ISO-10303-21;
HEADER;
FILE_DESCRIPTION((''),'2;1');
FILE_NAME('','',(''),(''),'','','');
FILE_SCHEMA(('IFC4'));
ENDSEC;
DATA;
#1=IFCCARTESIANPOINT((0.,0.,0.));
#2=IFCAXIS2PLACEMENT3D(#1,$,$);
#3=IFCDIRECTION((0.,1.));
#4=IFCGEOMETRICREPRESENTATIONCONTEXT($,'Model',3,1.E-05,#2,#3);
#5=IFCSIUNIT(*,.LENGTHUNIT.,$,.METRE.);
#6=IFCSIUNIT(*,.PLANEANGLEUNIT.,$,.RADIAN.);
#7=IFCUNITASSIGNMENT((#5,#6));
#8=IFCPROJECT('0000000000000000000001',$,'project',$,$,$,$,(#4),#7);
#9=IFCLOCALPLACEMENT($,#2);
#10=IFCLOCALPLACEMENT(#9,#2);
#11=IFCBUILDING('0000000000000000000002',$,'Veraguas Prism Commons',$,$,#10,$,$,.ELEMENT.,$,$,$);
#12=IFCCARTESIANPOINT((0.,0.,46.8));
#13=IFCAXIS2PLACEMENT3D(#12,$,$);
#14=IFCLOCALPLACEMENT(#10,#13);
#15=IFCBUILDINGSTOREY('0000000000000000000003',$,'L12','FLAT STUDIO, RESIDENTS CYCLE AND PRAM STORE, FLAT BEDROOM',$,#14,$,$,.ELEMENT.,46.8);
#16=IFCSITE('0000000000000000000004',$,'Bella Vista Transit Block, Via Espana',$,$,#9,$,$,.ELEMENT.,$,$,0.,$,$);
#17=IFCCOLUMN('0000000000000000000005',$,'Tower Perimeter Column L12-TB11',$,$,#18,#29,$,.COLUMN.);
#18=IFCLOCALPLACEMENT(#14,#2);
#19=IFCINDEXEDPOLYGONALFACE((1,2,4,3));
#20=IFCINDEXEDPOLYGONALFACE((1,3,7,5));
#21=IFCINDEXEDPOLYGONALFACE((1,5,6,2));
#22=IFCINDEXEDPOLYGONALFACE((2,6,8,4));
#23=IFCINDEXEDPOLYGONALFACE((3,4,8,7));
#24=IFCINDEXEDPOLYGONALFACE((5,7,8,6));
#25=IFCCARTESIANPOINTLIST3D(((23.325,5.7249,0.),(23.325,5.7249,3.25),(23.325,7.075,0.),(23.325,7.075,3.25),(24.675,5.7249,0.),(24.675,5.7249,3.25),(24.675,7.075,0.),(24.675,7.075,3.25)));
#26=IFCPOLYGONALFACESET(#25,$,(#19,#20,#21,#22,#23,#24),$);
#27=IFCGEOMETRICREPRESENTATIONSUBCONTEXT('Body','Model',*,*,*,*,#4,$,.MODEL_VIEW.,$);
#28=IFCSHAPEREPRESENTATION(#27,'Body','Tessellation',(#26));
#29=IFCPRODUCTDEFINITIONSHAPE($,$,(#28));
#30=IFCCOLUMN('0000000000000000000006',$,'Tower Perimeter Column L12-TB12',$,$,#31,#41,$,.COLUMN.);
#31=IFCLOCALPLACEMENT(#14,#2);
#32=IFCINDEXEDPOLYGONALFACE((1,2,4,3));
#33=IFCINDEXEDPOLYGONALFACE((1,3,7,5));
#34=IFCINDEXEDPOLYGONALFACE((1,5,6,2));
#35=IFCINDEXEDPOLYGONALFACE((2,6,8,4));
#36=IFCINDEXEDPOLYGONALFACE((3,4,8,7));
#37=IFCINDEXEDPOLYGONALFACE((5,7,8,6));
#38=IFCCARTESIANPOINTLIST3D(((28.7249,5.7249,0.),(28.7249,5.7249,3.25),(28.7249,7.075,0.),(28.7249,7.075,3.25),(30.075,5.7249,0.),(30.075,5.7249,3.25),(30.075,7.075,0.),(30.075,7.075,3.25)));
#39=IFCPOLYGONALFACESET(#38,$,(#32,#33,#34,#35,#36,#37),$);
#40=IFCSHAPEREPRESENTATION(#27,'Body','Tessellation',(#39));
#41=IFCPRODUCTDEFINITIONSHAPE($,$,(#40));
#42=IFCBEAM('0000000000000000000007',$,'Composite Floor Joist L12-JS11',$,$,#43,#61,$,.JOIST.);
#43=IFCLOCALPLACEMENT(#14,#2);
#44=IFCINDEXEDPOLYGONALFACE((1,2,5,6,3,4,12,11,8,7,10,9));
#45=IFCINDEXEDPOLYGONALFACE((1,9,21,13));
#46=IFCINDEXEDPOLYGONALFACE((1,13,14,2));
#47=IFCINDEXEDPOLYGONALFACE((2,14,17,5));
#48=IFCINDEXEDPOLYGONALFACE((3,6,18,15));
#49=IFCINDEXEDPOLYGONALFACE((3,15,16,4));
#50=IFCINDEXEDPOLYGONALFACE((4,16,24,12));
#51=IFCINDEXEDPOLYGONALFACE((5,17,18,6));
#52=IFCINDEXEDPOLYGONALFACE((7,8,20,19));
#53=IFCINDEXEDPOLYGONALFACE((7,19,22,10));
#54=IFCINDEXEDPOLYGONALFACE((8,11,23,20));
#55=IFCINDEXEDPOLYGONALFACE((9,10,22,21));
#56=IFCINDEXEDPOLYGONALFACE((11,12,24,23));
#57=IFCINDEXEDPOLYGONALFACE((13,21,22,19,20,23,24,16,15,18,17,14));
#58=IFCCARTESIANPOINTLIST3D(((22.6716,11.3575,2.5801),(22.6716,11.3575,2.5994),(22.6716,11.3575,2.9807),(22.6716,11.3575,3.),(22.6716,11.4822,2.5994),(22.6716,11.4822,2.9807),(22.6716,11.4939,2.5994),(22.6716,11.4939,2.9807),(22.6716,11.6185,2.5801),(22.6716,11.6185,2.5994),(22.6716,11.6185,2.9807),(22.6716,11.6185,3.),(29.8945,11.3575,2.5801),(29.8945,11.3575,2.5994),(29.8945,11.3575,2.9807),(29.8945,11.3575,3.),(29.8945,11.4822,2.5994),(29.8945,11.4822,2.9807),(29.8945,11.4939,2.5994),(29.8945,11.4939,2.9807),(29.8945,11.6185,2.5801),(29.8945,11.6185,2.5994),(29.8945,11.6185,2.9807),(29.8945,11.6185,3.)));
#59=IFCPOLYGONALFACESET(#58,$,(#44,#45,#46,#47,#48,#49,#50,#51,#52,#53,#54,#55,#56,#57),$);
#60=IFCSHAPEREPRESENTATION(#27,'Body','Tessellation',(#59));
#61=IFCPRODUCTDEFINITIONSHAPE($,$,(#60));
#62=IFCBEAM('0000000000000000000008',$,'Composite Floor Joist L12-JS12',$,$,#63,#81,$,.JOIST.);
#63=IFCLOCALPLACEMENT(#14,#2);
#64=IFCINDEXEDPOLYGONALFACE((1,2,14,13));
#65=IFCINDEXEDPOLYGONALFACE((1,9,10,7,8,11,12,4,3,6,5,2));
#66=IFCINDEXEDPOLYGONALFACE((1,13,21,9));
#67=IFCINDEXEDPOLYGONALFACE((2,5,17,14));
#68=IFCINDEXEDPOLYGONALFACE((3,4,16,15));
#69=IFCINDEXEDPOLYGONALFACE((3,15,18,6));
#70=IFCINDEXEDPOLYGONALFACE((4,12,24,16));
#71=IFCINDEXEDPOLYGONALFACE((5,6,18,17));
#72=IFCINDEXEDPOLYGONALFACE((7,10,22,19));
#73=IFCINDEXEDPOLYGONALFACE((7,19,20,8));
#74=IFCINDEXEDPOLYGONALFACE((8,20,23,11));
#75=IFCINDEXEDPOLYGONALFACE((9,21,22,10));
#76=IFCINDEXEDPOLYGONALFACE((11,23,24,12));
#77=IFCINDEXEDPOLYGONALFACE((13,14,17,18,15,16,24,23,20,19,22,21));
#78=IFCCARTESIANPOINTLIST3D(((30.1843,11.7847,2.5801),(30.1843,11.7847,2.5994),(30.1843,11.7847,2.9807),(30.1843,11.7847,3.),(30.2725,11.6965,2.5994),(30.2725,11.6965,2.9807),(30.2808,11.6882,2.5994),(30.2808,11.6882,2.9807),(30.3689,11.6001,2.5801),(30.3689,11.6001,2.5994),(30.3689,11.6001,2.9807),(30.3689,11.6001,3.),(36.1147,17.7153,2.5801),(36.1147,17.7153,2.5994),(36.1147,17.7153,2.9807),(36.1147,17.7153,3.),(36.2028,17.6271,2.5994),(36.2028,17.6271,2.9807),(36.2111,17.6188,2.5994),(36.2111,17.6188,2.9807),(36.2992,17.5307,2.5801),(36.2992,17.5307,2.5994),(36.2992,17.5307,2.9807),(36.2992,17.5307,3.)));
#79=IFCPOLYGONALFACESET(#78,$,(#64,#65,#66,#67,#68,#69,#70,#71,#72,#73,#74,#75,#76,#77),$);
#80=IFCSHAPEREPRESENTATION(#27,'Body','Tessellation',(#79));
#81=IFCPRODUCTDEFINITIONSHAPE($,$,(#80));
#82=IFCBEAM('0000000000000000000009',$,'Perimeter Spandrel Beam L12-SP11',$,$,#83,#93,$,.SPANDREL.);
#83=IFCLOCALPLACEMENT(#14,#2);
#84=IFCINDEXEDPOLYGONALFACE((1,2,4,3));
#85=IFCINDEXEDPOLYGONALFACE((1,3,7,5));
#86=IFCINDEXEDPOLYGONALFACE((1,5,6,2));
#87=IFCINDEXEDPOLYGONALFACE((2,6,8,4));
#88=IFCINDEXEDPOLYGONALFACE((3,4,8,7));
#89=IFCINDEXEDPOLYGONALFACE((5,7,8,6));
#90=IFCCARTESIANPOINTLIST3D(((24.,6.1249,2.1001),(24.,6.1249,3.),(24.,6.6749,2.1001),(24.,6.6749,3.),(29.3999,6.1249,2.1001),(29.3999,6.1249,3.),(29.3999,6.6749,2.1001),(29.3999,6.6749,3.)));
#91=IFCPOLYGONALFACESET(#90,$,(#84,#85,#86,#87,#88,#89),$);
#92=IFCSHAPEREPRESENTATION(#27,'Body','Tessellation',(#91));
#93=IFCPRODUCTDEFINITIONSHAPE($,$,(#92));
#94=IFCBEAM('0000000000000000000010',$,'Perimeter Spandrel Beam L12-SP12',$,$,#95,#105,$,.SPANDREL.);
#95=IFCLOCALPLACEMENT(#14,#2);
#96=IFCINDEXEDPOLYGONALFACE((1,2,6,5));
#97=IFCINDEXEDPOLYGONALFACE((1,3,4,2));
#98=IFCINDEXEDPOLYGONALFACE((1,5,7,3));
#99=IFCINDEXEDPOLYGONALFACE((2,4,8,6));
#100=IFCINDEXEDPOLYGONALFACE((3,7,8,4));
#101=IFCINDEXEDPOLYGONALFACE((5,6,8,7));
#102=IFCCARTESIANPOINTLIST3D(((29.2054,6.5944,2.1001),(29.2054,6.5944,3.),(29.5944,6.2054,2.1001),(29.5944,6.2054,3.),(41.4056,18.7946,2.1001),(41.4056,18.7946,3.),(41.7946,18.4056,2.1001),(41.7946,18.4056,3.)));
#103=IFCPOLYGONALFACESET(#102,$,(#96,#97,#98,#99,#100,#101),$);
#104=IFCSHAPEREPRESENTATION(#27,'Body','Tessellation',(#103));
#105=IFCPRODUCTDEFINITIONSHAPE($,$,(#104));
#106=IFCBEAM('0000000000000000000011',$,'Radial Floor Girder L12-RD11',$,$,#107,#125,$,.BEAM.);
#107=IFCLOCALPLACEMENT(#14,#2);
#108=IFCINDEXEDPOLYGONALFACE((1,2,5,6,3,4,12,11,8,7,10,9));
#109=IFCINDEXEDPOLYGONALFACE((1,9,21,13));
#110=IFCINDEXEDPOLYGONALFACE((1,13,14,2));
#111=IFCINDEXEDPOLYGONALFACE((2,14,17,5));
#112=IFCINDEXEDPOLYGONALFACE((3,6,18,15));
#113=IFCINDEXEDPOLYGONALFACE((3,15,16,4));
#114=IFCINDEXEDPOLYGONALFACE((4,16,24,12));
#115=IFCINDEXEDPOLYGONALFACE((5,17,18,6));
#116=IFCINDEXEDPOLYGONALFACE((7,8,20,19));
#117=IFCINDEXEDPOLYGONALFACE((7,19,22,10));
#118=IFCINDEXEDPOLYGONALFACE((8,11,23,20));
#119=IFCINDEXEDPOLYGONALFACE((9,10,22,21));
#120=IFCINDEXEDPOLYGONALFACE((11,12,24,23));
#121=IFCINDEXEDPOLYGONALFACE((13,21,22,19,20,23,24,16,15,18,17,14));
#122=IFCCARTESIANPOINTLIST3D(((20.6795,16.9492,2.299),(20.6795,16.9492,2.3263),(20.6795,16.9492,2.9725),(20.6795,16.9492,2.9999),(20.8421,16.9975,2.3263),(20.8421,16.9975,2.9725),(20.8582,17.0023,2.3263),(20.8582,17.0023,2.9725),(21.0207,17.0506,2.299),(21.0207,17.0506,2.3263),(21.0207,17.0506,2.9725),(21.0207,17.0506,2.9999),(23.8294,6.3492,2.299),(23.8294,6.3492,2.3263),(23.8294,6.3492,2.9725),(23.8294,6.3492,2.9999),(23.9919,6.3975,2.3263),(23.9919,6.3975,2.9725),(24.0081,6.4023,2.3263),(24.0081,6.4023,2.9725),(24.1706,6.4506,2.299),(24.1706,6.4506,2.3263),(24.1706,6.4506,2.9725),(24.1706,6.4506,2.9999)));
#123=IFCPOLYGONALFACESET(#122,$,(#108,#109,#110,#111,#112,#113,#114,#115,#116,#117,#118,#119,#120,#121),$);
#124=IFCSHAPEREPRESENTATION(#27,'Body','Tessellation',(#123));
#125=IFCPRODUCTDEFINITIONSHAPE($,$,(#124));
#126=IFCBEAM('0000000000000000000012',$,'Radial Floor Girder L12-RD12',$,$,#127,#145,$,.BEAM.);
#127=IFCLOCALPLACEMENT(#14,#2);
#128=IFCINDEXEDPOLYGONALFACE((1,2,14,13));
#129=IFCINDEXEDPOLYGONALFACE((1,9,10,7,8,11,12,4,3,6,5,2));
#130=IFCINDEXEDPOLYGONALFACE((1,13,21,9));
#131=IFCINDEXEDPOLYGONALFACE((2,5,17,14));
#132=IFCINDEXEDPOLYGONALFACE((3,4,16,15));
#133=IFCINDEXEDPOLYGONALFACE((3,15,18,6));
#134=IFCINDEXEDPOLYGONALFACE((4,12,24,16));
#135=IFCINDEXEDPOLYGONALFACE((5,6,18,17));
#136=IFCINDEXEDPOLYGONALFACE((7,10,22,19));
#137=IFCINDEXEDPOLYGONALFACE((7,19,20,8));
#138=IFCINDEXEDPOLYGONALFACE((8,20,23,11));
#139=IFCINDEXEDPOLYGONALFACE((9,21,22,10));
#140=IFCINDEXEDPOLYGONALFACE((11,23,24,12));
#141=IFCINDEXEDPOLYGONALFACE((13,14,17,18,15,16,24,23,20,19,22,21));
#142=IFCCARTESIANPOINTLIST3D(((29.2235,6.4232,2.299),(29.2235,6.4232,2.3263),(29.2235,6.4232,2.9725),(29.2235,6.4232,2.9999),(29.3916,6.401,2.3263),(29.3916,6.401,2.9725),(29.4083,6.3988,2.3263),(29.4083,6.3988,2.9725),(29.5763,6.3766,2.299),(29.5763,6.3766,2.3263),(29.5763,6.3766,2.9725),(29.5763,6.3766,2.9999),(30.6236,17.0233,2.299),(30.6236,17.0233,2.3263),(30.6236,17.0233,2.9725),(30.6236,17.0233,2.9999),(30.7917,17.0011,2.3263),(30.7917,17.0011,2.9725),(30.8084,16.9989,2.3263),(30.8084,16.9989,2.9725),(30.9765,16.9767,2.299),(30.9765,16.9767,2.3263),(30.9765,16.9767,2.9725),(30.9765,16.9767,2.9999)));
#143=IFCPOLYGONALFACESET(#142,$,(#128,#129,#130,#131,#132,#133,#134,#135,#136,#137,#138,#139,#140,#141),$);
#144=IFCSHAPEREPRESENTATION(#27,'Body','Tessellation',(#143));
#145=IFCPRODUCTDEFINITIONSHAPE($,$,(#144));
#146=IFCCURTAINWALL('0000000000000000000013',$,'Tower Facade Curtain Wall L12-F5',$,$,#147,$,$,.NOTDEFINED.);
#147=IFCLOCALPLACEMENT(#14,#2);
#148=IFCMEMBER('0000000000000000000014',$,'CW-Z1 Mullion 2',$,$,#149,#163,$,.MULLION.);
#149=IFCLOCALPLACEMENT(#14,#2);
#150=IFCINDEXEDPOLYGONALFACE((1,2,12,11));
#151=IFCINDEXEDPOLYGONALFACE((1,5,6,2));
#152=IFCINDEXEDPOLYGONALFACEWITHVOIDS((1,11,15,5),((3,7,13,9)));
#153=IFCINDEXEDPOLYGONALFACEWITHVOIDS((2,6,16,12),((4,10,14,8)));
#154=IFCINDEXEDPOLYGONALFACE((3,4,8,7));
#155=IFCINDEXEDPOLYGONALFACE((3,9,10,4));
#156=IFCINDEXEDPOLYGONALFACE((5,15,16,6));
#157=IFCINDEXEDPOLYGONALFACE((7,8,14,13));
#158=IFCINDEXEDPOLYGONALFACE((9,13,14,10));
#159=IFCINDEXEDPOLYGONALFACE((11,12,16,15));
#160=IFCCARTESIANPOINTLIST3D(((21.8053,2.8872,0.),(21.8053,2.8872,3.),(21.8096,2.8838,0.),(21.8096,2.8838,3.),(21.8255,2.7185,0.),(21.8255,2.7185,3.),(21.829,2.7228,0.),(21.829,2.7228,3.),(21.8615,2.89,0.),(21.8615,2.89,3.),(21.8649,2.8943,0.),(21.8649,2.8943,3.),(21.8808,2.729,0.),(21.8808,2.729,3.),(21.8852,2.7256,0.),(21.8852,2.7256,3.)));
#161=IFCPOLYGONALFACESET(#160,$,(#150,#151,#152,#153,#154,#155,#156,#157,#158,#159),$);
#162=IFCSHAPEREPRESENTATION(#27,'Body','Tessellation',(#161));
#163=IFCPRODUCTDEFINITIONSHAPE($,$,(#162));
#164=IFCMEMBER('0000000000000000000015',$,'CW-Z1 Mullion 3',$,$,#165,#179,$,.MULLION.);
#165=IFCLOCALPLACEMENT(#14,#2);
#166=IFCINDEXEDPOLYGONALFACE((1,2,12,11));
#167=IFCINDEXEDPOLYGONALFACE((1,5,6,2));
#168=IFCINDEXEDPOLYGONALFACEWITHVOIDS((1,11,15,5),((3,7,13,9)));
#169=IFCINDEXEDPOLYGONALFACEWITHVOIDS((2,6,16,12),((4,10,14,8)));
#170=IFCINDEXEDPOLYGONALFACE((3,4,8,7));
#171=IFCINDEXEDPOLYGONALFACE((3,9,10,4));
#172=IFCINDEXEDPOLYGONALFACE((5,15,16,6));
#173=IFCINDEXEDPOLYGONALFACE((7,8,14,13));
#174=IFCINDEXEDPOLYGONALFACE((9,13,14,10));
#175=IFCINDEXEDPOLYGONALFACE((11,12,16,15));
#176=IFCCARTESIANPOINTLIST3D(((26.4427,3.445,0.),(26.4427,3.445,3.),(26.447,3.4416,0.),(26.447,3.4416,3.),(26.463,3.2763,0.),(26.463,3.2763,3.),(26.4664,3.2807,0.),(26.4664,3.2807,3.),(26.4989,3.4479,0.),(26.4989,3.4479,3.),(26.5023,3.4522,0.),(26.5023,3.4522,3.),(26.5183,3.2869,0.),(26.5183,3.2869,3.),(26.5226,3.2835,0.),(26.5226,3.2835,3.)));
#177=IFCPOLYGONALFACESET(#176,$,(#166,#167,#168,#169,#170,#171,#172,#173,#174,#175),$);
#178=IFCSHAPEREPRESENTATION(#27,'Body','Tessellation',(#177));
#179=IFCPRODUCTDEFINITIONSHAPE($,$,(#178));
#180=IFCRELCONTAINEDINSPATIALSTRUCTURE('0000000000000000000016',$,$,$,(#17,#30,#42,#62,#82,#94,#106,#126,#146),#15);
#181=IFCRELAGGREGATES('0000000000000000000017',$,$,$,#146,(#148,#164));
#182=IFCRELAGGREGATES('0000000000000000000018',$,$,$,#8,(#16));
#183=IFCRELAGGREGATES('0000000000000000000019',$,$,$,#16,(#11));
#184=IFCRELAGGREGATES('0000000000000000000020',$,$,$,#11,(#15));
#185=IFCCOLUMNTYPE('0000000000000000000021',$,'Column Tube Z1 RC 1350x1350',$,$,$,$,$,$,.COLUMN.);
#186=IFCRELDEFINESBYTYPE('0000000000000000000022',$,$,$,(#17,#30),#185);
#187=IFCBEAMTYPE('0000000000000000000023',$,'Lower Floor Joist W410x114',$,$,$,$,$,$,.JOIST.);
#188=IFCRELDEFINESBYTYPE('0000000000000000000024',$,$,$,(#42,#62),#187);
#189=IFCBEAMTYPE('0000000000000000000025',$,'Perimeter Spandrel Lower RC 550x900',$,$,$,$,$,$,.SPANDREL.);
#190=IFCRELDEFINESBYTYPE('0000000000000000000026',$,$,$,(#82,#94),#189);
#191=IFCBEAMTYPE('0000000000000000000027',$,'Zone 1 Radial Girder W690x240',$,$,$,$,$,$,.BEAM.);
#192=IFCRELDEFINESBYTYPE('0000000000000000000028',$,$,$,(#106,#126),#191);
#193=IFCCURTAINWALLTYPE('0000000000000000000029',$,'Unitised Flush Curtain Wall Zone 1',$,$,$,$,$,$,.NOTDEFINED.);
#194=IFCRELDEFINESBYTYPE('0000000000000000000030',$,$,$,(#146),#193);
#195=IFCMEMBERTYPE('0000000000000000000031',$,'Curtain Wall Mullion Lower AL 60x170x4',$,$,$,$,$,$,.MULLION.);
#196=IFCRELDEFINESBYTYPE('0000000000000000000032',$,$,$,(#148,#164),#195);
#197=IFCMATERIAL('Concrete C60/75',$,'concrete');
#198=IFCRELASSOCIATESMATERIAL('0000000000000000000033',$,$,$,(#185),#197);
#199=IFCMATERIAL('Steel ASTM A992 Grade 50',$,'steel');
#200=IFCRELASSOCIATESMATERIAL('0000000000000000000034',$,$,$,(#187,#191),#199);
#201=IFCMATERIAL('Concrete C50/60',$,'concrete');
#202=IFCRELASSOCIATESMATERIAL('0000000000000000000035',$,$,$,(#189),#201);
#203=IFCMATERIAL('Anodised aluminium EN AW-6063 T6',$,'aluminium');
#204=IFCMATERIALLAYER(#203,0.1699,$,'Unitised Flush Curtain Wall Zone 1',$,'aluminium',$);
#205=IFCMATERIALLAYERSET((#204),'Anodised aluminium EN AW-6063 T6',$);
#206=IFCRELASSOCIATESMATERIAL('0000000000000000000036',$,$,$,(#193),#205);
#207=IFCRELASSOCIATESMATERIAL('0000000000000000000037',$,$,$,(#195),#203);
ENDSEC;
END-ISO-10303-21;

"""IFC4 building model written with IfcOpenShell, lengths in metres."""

from ifc_helpers import new_model, si_unit, direction, frame, origin, origin_2d, place, context, subcontext, project, spatial, rectangle, hollow_rectangle, i_section, extrude, source, transform, mapped, material, layer, layer_set, material_profile, profile_set, type_object, element, aggregate, save


model = new_model("IFC4")

# Units and contexts
model_context = context("Model", 3, precision=1e-05, world=origin(), true_north=direction((0.0, 1.0)))
body_context = subcontext(model_context, "Body", "Model", "MODEL_VIEW")
ifc_project = project(units=[si_unit("LENGTHUNIT", "METRE"), si_unit("PLANEANGLEUNIT", "RADIAN")], contexts=[model_context])

# Site, building, storey
site_placement = place(None, origin())
site = spatial("IfcSite", under=ifc_project, at=site_placement, Name="Bella Vista Transit Block, Via Espana", CompositionType="ELEMENT", RefElevation=0.0)
building_placement = place(site_placement, origin())
building = spatial("IfcBuilding", under=site, at=building_placement, Name="Veraguas Prism Commons", CompositionType="ELEMENT")
storey_placement = place(building_placement, frame((0.0, 0.0, 46.8)))
storey = spatial("IfcBuildingStorey", under=building, at=storey_placement, Name="L12", Description="FLAT STUDIO, RESIDENTS CYCLE AND PRAM STORE, FLAT BEDROOM", CompositionType="ELEMENT", Elevation=46.8)

# Columns
ifc_material_1 = material(Name="Concrete C60/75", Category="concrete")
ifc_material_profile_1 = material_profile(ifc_material_1, rectangle(XDim=1.3501, YDim=1.3501, at=origin_2d()), Name="RC1350X1350")
ifc_profile_set_1 = profile_set([ifc_material_profile_1], Name="Concrete C60/75")
column_type = type_object("IfcColumnType", Name="Column Tube Z1 RC 1350x1350", PredefinedType="COLUMN", material=ifc_profile_set_1)
for number, where, z_axis, x_axis, name in (
    (1, (24.0, 6.3999, 0.0), (0.0, 0.0, 1.0), (1.0, 0.0, 0.0), "Tower Perimeter Column L12-TB11"),
    (2, (29.3999, 6.3999, 0.0), (0.0, 0.0, 1.0), (1.0, 0.0, 0.0), "Tower Perimeter Column L12-TB12"),
):
    element("IfcColumn", number, at=place(storey_placement, frame(where, z_axis=z_axis, x_axis=x_axis)), inside=storey, type_object=column_type, Name=name, PredefinedType="COLUMN", context=body_context, shape_type="SweptSolid", body=[
        extrude(rectangle(XDim=1.3501, YDim=1.3501, at=origin_2d()), origin(), (0.0, 0.0, 1.0), 3.25),
    ])

# Beams
ifc_material_2 = material(Name="Steel ASTM A992 Grade 50", Category="steel")
ifc_material_profile_2 = material_profile(ifc_material_2, i_section(OverallWidth=0.261, OverallDepth=0.4199, WebThickness=0.0117, FlangeThickness=0.0193, at=origin_2d()), Name="W410X114")
ifc_profile_set_2 = profile_set([ifc_material_profile_2], Name="Steel ASTM A992 Grade 50")
beam_type_1 = type_object("IfcBeamType", Name="Lower Floor Joist W410x114", PredefinedType="JOIST", material=ifc_profile_set_2)
beam_1_placement = place(storey_placement, frame((22.6716, 11.488, 2.79), z_axis=(1.0, 0.0, 0.0), x_axis=(0.0, 1.0, 0.0)))
element("IfcBeam", 3, at=beam_1_placement, inside=storey, type_object=beam_type_1, Name="Composite Floor Joist L12-JS11", PredefinedType="JOIST", context=body_context, shape_type="SweptSolid", body=[
    extrude(i_section(OverallWidth=0.261, OverallDepth=0.4199, WebThickness=0.0117, FlangeThickness=0.0193, at=origin_2d()), origin(), (0.0, 0.0, 1.0), 7.2229),
])
beam_2_placement = place(storey_placement, frame((30.2766, 11.6924, 2.79), z_axis=(0.707092, 0.707121, 0.0), x_axis=(-0.707121, 0.707092, 0.0)))
element("IfcBeam", 4, at=beam_2_placement, inside=storey, type_object=beam_type_1, Name="Composite Floor Joist L12-JS12", PredefinedType="JOIST", context=body_context, shape_type="SweptSolid", body=[
    extrude(i_section(OverallWidth=0.261, OverallDepth=0.4199, WebThickness=0.0117, FlangeThickness=0.0193, at=origin_2d()), origin(), (0.0, 0.0, 1.0), 8.387),
])
ifc_material_3 = material(Name="Concrete C50/60", Category="concrete")
ifc_material_profile_3 = material_profile(ifc_material_3, rectangle(XDim=0.55, YDim=0.8999, at=origin_2d()), Name="RC550X900")
ifc_profile_set_3 = profile_set([ifc_material_profile_3], Name="Concrete C50/60")
beam_type_2 = type_object("IfcBeamType", Name="Perimeter Spandrel Lower RC 550x900", PredefinedType="SPANDREL", material=ifc_profile_set_3)
beam_3_placement = place(storey_placement, frame((24.0, 6.3999, 2.55), z_axis=(1.0, 0.0, 0.0), x_axis=(0.0, 1.0, 0.0)))
element("IfcBeam", 5, at=beam_3_placement, inside=storey, type_object=beam_type_2, Name="Perimeter Spandrel Beam L12-SP11", PredefinedType="SPANDREL", context=body_context, shape_type="SweptSolid", body=[
    extrude(rectangle(XDim=0.55, YDim=0.8999, at=origin_2d()), origin(), (0.0, 0.0, 1.0), 5.3999),
])
beam_4_placement = place(storey_placement, frame((29.3999, 6.3999, 2.55), z_axis=(0.707107, 0.707107, 0.0), x_axis=(-0.707107, 0.707107, 0.0)))
element("IfcBeam", 6, at=beam_4_placement, inside=storey, type_object=beam_type_2, Name="Perimeter Spandrel Beam L12-SP12", PredefinedType="SPANDREL", context=body_context, shape_type="SweptSolid", body=[
    extrude(rectangle(XDim=0.55, YDim=0.8999, at=origin_2d()), origin(), (0.0, 0.0, 1.0), 17.2537),
])
ifc_material_profile_4 = material_profile(ifc_material_2, i_section(OverallWidth=0.356, OverallDepth=0.7009, WebThickness=0.0168, FlangeThickness=0.0273, at=origin_2d()), Name="W690X240")
ifc_profile_set_4 = profile_set([ifc_material_profile_4], Name="Steel ASTM A992 Grade 50")
beam_type_3 = type_object("IfcBeamType", Name="Zone 1 Radial Girder W690x240", PredefinedType="BEAM", material=ifc_profile_set_4)
beam_5_placement = place(storey_placement, frame((24.0, 6.3999, 2.6494), z_axis=(-0.284847, 0.958573, 0.0), x_axis=(-0.958573, -0.284847, 0.0)))
element("IfcBeam", 7, at=beam_5_placement, inside=storey, type_object=beam_type_3, Name="Radial Floor Girder L12-RD11", PredefinedType="BEAM", context=body_context, shape_type="SweptSolid", body=[
    extrude(i_section(OverallWidth=0.356, OverallDepth=0.7009, WebThickness=0.0168, FlangeThickness=0.0273, at=origin_2d()), origin(), (0.0, 0.0, 1.0), 11.0581),
])
beam_6_placement = place(storey_placement, frame((29.3999, 6.3999, 2.6494), z_axis=(0.130951, 0.991389, 0.0), x_axis=(-0.991389, 0.130951, 0.0)))
element("IfcBeam", 8, at=beam_6_placement, inside=storey, type_object=beam_type_3, Name="Radial Floor Girder L12-RD12", PredefinedType="BEAM", context=body_context, shape_type="SweptSolid", body=[
    extrude(i_section(OverallWidth=0.356, OverallDepth=0.7009, WebThickness=0.0168, FlangeThickness=0.0273, at=origin_2d()), origin(), (0.0, 0.0, 1.0), 10.6921),
])

# Curtain wall, members
ifc_material_4 = material(Name="Anodised aluminium EN AW-6063 T6", Category="aluminium")
ifc_layer_1 = layer(ifc_material_4, 0.1699, Name="Unitised Flush Curtain Wall Zone 1", Category="aluminium")
ifc_layer_set_1 = layer_set([ifc_layer_1], Name="Anodised aluminium EN AW-6063 T6")
curtain_wall_type = type_object("IfcCurtainWallType", Name="Unitised Flush Curtain Wall Zone 1", PredefinedType="NOTDEFINED", material=ifc_layer_set_1)
curtain_wall_placement = place(storey_placement, origin())
curtain_wall = element("IfcCurtainWall", 9, at=curtain_wall_placement, inside=storey, type_object=curtain_wall_type, Name="Tower Facade Curtain Wall L12-F5", PredefinedType="NOTDEFINED")
ifc_material_profile_5 = material_profile(ifc_material_4, hollow_rectangle(XDim=0.0601, YDim=0.1699, WallThickness=0.0039, at=origin_2d()), Name="AL60X170X4")
ifc_profile_set_5 = profile_set([ifc_material_profile_5], Name="Anodised aluminium EN AW-6063 T6")
member_type = type_object("IfcMemberType", Name="Curtain Wall Mullion Lower AL 60x170x4", PredefinedType="MULLION", material=ifc_profile_set_5)
shared_shape_1 = source(origin(), body_context, "Body", "SweptSolid", [
    extrude(hollow_rectangle(XDim=0.0601, YDim=0.1699, WallThickness=0.0039, at=origin_2d()), origin(), (0.0, 0.0, 1.0), 3.0),
])
member_1_placement = place(storey_placement, frame((21.8452, 2.8064, 0.0), z_axis=(0.0, 0.0, 1.0), x_axis=(0.992841, 0.11944, 0.0)))
member_1 = element("IfcMember", 10, at=member_1_placement, type_object=member_type, Name="CW-Z1 Mullion 2", PredefinedType="MULLION", context=body_context, shape_type="MappedRepresentation", body=[
    mapped(shared_shape_1, transform((0.0, 0.0, 0.0), scale=1.0)),
])
member_2_placement = place(storey_placement, frame((26.4827, 3.3643, 0.0), z_axis=(0.0, 0.0, 1.0), x_axis=(0.992841, 0.11944, 0.0)))
member_2 = element("IfcMember", 11, at=member_2_placement, type_object=member_type, Name="CW-Z1 Mullion 3", PredefinedType="MULLION", context=body_context, shape_type="MappedRepresentation", body=[
    mapped(shared_shape_1, transform((0.0, 0.0, 0.0), scale=1.0)),
])
aggregate(curtain_wall, [member_1, member_2])

save(model, "model.ifc")
